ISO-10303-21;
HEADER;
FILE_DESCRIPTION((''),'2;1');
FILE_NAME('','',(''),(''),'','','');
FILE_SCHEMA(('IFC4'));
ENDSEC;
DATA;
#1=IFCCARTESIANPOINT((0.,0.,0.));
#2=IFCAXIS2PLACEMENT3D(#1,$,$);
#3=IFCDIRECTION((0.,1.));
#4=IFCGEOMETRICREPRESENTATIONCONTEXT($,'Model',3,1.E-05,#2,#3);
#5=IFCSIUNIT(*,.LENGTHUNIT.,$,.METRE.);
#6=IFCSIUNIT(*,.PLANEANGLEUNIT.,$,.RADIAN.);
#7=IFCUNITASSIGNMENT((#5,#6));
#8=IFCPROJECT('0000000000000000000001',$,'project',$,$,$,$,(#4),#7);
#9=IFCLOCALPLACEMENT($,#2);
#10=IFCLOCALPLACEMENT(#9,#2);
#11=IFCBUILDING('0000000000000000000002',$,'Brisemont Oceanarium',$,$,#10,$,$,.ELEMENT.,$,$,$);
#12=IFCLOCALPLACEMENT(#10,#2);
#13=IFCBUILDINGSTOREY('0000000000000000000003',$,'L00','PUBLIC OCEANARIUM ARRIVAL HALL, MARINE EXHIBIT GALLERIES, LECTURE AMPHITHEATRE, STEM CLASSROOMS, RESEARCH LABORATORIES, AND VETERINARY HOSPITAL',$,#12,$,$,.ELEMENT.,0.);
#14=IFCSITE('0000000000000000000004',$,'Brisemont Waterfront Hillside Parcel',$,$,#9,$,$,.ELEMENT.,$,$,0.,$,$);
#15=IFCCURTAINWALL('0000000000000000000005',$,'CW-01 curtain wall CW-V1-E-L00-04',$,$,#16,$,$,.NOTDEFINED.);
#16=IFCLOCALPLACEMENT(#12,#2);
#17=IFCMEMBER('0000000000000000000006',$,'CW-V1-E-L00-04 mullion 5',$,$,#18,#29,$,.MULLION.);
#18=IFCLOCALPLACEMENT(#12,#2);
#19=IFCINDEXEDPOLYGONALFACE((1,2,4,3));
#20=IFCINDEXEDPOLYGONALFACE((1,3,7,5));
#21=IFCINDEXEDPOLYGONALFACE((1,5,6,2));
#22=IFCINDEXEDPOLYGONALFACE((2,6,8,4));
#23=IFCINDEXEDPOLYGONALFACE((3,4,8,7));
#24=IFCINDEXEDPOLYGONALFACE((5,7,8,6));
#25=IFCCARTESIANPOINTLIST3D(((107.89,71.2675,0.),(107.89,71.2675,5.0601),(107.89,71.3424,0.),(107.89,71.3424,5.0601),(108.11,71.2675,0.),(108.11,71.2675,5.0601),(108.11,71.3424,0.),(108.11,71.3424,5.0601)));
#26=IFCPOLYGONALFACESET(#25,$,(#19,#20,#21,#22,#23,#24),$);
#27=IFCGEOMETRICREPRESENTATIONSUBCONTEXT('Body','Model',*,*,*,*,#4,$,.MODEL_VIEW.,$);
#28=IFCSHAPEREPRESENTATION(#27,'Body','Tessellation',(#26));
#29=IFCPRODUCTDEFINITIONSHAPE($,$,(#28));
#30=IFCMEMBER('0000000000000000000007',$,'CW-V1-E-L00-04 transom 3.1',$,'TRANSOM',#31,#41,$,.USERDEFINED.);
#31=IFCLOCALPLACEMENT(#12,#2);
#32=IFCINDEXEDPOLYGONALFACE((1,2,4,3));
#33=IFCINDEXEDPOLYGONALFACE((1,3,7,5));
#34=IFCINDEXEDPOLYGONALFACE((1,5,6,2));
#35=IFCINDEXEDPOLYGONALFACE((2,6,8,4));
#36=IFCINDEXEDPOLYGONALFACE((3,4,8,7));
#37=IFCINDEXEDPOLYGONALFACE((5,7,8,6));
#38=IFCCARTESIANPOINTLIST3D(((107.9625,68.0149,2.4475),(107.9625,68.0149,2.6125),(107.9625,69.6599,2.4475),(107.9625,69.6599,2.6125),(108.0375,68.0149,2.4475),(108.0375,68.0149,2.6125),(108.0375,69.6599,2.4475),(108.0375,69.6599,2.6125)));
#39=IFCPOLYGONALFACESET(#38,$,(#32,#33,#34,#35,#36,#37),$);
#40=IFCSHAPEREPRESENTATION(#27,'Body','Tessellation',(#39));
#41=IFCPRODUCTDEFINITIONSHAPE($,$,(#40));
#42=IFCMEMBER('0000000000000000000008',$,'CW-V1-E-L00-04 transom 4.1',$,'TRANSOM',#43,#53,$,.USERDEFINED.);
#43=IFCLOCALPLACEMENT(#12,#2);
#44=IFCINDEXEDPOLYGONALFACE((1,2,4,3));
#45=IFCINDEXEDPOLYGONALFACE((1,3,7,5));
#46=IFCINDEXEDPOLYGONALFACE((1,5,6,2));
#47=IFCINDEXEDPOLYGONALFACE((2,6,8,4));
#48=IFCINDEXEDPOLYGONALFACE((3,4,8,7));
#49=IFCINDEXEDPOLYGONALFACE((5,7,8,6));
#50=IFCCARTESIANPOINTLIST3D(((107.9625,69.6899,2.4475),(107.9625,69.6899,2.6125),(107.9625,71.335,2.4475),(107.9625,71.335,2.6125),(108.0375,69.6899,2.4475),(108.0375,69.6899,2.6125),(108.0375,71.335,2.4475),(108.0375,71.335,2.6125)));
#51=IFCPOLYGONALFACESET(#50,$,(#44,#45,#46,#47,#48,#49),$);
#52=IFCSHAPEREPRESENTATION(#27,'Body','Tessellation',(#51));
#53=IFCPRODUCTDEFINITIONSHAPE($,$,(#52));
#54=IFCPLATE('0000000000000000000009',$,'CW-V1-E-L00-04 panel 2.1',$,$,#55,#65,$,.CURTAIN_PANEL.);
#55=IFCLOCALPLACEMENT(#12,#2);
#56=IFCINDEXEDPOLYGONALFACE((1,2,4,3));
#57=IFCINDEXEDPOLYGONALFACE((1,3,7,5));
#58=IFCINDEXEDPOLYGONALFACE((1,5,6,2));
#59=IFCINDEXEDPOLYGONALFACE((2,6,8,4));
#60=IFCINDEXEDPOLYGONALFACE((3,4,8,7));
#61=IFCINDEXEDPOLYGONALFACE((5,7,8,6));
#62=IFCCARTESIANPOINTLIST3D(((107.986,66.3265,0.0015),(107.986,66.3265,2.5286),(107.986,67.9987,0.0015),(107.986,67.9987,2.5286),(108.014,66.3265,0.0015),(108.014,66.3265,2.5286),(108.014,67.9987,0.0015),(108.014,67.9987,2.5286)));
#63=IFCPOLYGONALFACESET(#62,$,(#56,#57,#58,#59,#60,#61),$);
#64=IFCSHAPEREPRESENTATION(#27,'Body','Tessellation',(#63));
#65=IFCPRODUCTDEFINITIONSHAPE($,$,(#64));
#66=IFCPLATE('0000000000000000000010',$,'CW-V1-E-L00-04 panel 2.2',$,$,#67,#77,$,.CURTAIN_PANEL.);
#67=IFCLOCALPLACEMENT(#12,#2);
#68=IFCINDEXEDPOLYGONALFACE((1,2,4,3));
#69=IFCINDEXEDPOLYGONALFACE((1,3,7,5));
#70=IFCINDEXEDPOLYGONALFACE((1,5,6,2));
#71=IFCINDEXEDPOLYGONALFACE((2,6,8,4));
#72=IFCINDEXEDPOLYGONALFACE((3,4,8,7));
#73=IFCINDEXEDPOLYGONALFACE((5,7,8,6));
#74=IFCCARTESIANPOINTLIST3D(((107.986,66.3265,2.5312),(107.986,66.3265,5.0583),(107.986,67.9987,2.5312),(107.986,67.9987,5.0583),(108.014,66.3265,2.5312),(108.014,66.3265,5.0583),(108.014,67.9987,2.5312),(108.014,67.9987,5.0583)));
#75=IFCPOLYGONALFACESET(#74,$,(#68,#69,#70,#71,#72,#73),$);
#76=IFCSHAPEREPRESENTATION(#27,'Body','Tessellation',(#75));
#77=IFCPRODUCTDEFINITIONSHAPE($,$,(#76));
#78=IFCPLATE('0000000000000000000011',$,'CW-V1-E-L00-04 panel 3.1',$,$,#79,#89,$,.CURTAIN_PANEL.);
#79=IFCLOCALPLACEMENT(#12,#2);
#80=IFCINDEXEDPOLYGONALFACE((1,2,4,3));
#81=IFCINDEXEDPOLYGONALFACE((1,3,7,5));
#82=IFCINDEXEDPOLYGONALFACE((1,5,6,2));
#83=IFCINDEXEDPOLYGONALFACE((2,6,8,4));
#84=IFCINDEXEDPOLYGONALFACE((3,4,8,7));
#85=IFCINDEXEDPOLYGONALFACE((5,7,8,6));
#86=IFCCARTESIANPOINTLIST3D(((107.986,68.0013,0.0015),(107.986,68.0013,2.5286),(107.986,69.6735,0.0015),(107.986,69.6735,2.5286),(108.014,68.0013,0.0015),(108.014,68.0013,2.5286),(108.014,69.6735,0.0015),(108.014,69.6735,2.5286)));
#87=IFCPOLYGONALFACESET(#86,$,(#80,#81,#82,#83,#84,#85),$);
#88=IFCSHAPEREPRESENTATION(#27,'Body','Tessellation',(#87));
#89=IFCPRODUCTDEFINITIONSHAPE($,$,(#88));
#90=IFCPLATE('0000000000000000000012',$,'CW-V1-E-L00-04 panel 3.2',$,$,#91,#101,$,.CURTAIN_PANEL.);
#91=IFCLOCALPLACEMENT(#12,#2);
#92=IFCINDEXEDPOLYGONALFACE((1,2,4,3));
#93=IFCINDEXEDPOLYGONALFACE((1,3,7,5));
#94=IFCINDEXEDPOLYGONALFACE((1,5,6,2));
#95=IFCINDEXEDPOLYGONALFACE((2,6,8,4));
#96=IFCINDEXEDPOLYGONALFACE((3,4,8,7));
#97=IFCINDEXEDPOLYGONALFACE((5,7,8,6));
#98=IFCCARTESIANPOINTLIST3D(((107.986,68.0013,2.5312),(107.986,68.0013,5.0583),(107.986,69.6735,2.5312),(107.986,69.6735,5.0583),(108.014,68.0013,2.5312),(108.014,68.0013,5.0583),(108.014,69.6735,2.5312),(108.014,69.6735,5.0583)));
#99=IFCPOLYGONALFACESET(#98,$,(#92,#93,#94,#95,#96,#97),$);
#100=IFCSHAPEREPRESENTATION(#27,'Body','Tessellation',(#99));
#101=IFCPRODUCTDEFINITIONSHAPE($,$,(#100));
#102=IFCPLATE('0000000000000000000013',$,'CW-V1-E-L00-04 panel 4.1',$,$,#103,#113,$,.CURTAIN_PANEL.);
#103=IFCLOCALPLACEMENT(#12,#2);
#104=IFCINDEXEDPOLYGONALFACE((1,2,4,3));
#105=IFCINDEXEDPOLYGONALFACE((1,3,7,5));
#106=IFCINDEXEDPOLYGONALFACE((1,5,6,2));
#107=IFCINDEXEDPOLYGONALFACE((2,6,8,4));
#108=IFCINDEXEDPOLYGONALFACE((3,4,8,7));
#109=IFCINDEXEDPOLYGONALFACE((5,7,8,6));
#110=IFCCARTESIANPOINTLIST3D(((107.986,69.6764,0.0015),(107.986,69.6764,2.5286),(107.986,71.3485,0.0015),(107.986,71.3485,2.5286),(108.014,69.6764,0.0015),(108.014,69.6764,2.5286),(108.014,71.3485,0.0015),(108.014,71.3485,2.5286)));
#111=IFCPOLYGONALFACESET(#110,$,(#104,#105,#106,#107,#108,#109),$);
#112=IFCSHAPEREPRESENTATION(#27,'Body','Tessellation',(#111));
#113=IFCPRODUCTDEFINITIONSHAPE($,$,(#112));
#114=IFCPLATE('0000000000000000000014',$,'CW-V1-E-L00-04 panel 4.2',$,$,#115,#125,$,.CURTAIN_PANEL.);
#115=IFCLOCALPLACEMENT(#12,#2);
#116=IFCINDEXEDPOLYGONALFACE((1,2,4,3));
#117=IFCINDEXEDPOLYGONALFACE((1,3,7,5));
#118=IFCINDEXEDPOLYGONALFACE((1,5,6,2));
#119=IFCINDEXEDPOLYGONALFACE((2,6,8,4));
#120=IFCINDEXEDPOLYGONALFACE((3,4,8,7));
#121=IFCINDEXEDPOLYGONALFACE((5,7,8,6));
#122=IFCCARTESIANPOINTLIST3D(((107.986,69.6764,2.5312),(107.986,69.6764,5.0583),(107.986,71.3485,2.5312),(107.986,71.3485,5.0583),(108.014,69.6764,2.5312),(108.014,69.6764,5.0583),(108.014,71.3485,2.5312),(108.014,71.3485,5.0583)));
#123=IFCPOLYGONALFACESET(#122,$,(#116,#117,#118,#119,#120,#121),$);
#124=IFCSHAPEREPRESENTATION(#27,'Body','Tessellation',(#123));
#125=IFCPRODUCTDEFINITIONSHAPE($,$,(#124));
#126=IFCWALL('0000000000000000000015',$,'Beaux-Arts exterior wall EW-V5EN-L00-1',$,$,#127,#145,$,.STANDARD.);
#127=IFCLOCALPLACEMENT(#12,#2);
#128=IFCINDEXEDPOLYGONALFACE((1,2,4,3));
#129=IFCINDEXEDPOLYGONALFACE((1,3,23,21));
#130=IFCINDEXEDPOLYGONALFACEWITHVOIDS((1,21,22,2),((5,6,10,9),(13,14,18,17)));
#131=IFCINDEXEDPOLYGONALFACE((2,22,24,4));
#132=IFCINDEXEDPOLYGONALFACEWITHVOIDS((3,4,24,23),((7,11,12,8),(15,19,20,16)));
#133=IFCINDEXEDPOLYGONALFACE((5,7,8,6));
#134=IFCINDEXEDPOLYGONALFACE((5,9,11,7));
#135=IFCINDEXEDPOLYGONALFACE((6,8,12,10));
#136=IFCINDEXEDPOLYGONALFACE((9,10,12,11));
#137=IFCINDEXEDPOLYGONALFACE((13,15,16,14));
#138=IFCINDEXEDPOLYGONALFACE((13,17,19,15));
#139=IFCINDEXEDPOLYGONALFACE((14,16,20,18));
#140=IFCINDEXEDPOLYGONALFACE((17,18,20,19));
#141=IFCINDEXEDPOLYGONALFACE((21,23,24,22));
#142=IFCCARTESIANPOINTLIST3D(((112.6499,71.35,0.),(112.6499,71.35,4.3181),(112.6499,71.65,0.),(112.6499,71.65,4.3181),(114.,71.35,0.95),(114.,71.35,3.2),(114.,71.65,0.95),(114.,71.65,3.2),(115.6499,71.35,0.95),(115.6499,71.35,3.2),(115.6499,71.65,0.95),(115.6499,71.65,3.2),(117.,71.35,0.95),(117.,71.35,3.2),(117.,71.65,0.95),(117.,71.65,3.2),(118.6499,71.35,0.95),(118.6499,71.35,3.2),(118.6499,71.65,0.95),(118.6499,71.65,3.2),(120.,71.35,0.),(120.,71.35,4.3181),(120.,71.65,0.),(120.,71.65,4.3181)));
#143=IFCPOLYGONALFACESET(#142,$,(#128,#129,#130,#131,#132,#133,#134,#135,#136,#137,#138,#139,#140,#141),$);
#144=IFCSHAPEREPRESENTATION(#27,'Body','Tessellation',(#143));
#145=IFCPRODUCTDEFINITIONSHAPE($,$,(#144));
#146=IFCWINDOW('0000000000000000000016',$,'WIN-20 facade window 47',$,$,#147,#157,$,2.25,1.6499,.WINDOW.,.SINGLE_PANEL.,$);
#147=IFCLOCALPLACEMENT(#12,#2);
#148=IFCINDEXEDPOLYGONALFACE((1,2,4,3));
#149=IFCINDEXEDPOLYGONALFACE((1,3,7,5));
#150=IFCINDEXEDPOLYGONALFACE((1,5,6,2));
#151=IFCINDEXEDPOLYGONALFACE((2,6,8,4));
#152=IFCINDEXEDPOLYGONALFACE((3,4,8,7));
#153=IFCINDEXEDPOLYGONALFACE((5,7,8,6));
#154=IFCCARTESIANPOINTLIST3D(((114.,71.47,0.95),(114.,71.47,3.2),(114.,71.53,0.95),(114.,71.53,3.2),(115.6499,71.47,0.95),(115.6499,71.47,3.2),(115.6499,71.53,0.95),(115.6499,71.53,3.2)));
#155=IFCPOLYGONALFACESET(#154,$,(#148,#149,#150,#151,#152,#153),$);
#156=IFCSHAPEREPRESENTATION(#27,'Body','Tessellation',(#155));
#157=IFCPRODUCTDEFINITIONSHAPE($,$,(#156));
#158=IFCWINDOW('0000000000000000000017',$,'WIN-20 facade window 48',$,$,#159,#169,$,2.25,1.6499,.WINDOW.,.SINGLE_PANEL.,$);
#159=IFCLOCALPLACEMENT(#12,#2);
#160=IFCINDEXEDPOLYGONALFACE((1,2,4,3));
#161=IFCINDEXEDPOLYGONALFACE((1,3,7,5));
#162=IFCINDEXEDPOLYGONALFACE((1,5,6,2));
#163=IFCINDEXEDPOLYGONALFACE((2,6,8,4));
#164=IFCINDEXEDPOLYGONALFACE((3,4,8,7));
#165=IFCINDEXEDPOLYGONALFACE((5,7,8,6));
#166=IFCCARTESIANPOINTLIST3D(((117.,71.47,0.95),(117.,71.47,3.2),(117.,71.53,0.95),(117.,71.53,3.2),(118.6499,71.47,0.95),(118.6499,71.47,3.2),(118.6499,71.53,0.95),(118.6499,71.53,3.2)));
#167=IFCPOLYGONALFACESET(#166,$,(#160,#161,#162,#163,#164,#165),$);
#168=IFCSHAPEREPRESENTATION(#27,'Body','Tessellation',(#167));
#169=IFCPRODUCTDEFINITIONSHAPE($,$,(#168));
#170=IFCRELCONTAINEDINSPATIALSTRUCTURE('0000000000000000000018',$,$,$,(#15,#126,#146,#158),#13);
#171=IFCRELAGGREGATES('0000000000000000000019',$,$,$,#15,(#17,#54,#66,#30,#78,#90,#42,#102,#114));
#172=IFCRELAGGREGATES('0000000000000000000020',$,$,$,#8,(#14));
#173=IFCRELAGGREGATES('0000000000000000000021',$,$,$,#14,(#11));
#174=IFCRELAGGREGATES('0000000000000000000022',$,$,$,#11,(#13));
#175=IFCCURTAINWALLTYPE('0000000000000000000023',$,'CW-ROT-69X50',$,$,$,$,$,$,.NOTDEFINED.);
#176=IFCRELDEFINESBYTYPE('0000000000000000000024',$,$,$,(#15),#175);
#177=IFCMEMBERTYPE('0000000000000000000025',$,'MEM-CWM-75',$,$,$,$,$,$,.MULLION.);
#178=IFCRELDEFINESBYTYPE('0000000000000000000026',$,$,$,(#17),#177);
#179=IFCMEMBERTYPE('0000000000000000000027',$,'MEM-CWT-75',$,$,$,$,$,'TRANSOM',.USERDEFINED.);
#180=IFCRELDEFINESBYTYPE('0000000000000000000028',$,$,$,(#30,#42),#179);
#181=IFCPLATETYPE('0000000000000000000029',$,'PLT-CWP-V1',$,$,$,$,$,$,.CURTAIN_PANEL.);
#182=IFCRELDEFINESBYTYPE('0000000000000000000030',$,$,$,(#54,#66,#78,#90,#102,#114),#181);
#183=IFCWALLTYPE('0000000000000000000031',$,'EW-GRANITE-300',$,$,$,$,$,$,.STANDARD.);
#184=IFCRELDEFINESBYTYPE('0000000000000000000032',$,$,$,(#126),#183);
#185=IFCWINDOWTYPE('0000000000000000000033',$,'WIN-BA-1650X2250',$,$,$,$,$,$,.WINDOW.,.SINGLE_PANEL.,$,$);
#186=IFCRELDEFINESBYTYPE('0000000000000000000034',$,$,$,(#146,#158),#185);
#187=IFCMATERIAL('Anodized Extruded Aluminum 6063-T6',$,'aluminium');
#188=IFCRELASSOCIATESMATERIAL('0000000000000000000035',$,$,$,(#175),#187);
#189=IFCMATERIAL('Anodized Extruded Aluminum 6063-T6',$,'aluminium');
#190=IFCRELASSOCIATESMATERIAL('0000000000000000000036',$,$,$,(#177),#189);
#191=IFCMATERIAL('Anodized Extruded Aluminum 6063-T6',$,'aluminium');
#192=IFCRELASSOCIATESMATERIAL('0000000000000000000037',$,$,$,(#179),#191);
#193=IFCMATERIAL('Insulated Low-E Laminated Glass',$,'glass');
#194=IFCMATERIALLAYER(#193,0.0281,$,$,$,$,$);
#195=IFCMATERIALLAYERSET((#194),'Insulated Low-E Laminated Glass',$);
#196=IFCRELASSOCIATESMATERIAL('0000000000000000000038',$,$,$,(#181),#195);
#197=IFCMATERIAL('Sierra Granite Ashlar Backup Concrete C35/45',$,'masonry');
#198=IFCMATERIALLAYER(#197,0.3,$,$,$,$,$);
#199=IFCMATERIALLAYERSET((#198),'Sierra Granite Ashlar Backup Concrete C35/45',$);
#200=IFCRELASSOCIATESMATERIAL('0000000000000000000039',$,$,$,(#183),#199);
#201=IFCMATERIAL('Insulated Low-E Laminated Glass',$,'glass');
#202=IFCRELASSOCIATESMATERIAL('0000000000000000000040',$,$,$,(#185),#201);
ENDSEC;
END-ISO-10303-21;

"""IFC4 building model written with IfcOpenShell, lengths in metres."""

from ifc_helpers import new_model, si_unit, direction, frame, frame_2d, origin, origin_2d, place, context, subcontext, project, spatial, rectangle, extrude, material, layer, layer_set, material_profile, profile_set, type_object, element, fill, aggregate, save


model = new_model("IFC4")

# Units and contexts
model_context = context("Model", 3, precision=1e-05, world=origin(), true_north=direction((0.0, 1.0)))
body_context = subcontext(model_context, "Body", "Model", "MODEL_VIEW")
ifc_project = project(units=[si_unit("LENGTHUNIT", "METRE"), si_unit("PLANEANGLEUNIT", "RADIAN")], contexts=[model_context])

# Site, building, storey
site_placement = place(None, origin())
site = spatial("IfcSite", under=ifc_project, at=site_placement, Name="Brisemont Waterfront Hillside Parcel", CompositionType="ELEMENT", RefElevation=0.0)
building_placement = place(site_placement, origin())
building = spatial("IfcBuilding", under=site, at=building_placement, Name="Brisemont Oceanarium", CompositionType="ELEMENT")
storey_placement = place(building_placement, origin())
storey = spatial("IfcBuildingStorey", under=building, at=storey_placement, Name="L00", Description="PUBLIC OCEANARIUM ARRIVAL HALL, MARINE EXHIBIT GALLERIES, LECTURE AMPHITHEATRE, STEM CLASSROOMS, RESEARCH LABORATORIES, AND VETERINARY HOSPITAL", CompositionType="ELEMENT", Elevation=0.0)

# Curtain wall, members, plates
ifc_material_1 = material(Name="Anodized Extruded Aluminum 6063-T6", Category="aluminium")
curtain_wall_type = type_object("IfcCurtainWallType", Name="CW-ROT-69X50", PredefinedType="NOTDEFINED", material=ifc_material_1)
curtain_wall_placement = place(storey_placement, origin())
curtain_wall = element("IfcCurtainWall", 1, at=curtain_wall_placement, inside=storey, type_object=curtain_wall_type, Name="CW-01 curtain wall CW-V1-E-L00-04", PredefinedType="NOTDEFINED")
ifc_material_2 = material(Name="Anodized Extruded Aluminum 6063-T6", Category="aluminium")
ifc_material_profile_1 = material_profile(ifc_material_2, rectangle(XDim=0.075, YDim=0.22, at=origin_2d()), Name="CWM-75X220")
ifc_profile_set_1 = profile_set([ifc_material_profile_1], Name="Anodized Extruded Aluminum 6063-T6")
member_type_1 = type_object("IfcMemberType", Name="MEM-CWM-75", PredefinedType="MULLION", material=ifc_profile_set_1)
member_1_placement = place(storey_placement, frame((108.0, 71.3049, 0.0), z_axis=(0.0, 0.0, 1.0), x_axis=(0.0, 1.0, 0.0)))
member_1 = element("IfcMember", 2, at=member_1_placement, type_object=member_type_1, Name="CW-V1-E-L00-04 mullion 5", PredefinedType="MULLION", context=body_context, shape_type="SweptSolid", body=[
    extrude(rectangle(XDim=0.075, YDim=0.22, at=origin_2d()), origin(), (0.0, 0.0, 1.0), 5.0601),
])
ifc_material_3 = material(Name="Anodized Extruded Aluminum 6063-T6", Category="aluminium")
ifc_material_profile_2 = material_profile(ifc_material_3, rectangle(XDim=0.075, YDim=0.165, at=origin_2d()), Name="CWT-75X165")
ifc_profile_set_2 = profile_set([ifc_material_profile_2], Name="Anodized Extruded Aluminum 6063-T6")
member_type_2 = type_object("IfcMemberType", Name="MEM-CWT-75", ElementType="TRANSOM", PredefinedType="USERDEFINED", material=ifc_profile_set_2)
member_2_placement = place(storey_placement, frame((108.0, 68.0149, 2.53), z_axis=(0.0, 1.0, 0.0), x_axis=(-1.0, 0.0, 0.0)))
member_2 = element("IfcMember", 3, at=member_2_placement, type_object=member_type_2, Name="CW-V1-E-L00-04 transom 3.1", ObjectType="TRANSOM", PredefinedType="USERDEFINED", context=body_context, shape_type="SweptSolid", body=[
    extrude(rectangle(XDim=0.075, YDim=0.165, at=origin_2d()), origin(), (0.0, 0.0, 1.0), 1.645),
])
member_3_placement = place(storey_placement, frame((108.0, 69.6899, 2.53), z_axis=(0.0, 1.0, 0.0), x_axis=(-1.0, 0.0, 0.0)))
member_3 = element("IfcMember", 4, at=member_3_placement, type_object=member_type_2, Name="CW-V1-E-L00-04 transom 4.1", ObjectType="TRANSOM", PredefinedType="USERDEFINED", context=body_context, shape_type="SweptSolid", body=[
    extrude(rectangle(XDim=0.075, YDim=0.165, at=origin_2d()), origin(), (0.0, 0.0, 1.0), 1.645),
])
ifc_material_4 = material(Name="Insulated Low-E Laminated Glass", Category="glass")
ifc_layer_1 = layer(ifc_material_4, 0.0281)
ifc_layer_set_1 = layer_set([ifc_layer_1], Name="Insulated Low-E Laminated Glass")
plate_type = type_object("IfcPlateType", Name="PLT-CWP-V1", PredefinedType="CURTAIN_PANEL", material=ifc_layer_set_1)
plate_1_placement = place(storey_placement, frame((108.0, 67.1626, 0.0015), z_axis=(0.0, 0.0, 1.0), x_axis=(0.0, 1.0, 0.0)))
plate_1 = element("IfcPlate", 5, at=plate_1_placement, type_object=plate_type, Name="CW-V1-E-L00-04 panel 2.1", PredefinedType="CURTAIN_PANEL", context=body_context, shape_type="SweptSolid", body=[
    extrude(rectangle(XDim=1.6721, YDim=0.0281, at=origin_2d()), origin(), (0.0, 0.0, 1.0), 2.5271),
])
plate_2_placement = place(storey_placement, frame((108.0, 67.1626, 2.5312), z_axis=(0.0, 0.0, 1.0), x_axis=(0.0, 1.0, 0.0)))
plate_2 = element("IfcPlate", 6, at=plate_2_placement, type_object=plate_type, Name="CW-V1-E-L00-04 panel 2.2", PredefinedType="CURTAIN_PANEL", context=body_context, shape_type="SweptSolid", body=[
    extrude(rectangle(XDim=1.6721, YDim=0.0281, at=origin_2d()), origin(), (0.0, 0.0, 1.0), 2.5271),
])
plate_3_placement = place(storey_placement, frame((108.0, 68.8374, 0.0015), z_axis=(0.0, 0.0, 1.0), x_axis=(0.0, 1.0, 0.0)))
plate_3 = element("IfcPlate", 7, at=plate_3_placement, type_object=plate_type, Name="CW-V1-E-L00-04 panel 3.1", PredefinedType="CURTAIN_PANEL", context=body_context, shape_type="SweptSolid", body=[
    extrude(rectangle(XDim=1.6721, YDim=0.0281, at=origin_2d()), origin(), (0.0, 0.0, 1.0), 2.5271),
])
plate_4_placement = place(storey_placement, frame((108.0, 68.8374, 2.5312), z_axis=(0.0, 0.0, 1.0), x_axis=(0.0, 1.0, 0.0)))
plate_4 = element("IfcPlate", 8, at=plate_4_placement, type_object=plate_type, Name="CW-V1-E-L00-04 panel 3.2", PredefinedType="CURTAIN_PANEL", context=body_context, shape_type="SweptSolid", body=[
    extrude(rectangle(XDim=1.6721, YDim=0.0281, at=origin_2d()), origin(), (0.0, 0.0, 1.0), 2.5271),
])
plate_5_placement = place(storey_placement, frame((108.0, 70.5125, 0.0015), z_axis=(0.0, 0.0, 1.0), x_axis=(0.0, 1.0, 0.0)))
plate_5 = element("IfcPlate", 9, at=plate_5_placement, type_object=plate_type, Name="CW-V1-E-L00-04 panel 4.1", PredefinedType="CURTAIN_PANEL", context=body_context, shape_type="SweptSolid", body=[
    extrude(rectangle(XDim=1.6721, YDim=0.0281, at=origin_2d()), origin(), (0.0, 0.0, 1.0), 2.5271),
])
plate_6_placement = place(storey_placement, frame((108.0, 70.5125, 2.5312), z_axis=(0.0, 0.0, 1.0), x_axis=(0.0, 1.0, 0.0)))
plate_6 = element("IfcPlate", 10, at=plate_6_placement, type_object=plate_type, Name="CW-V1-E-L00-04 panel 4.2", PredefinedType="CURTAIN_PANEL", context=body_context, shape_type="SweptSolid", body=[
    extrude(rectangle(XDim=1.6721, YDim=0.0281, at=origin_2d()), origin(), (0.0, 0.0, 1.0), 2.5271),
])
aggregate(curtain_wall, [member_1, plate_1, plate_2, member_2, plate_3, plate_4, member_3, plate_5, plate_6])

# Wall, openings, windows
ifc_material_5 = material(Name="Sierra Granite Ashlar Backup Concrete C35/45", Category="masonry")
ifc_layer_2 = layer(ifc_material_5, 0.3)
ifc_layer_set_2 = layer_set([ifc_layer_2], Name="Sierra Granite Ashlar Backup Concrete C35/45")
wall_type_1 = type_object("IfcWallType", Name="EW-GRANITE-300", PredefinedType="STANDARD", material=ifc_layer_set_2)
wall_1_placement = place(storey_placement, frame((112.6499, 71.5, 0.0), z_axis=(0.0, 0.0, 1.0), x_axis=(1.0, 0.0, 0.0)))
wall_1 = element("IfcWall", 11, at=wall_1_placement, inside=storey, type_object=wall_type_1, Name="Beaux-Arts exterior wall EW-V5EN-L00-1", PredefinedType="STANDARD", context=body_context, shape_type="SweptSolid", body=[
    extrude(rectangle(XDim=7.3501, YDim=0.3, at=frame_2d((3.675, 0.0))), origin(), (0.0, 0.0, 1.0), 4.3181),
])
opening_1_placement = place(wall_1_placement, frame((1.3501, 0.0, 0.95)))
opening_1 = element("IfcOpeningElement", 12, at=opening_1_placement, cuts=wall_1, PredefinedType="OPENING", context=body_context, shape_type="SweptSolid", body=[
    extrude(rectangle(XDim=1.6499, YDim=2.25, at=frame_2d((0.825, 1.125))), frame((0.0, 0.1599, 0.0), z_axis=(0.0, -1.0, 0.0), x_axis=(1.0, 0.0, 0.0)), (0.0, 0.0, 1.0), 0.3201),
])
opening_2_placement = place(wall_1_placement, frame((4.3501, 0.0, 0.95)))
opening_2 = element("IfcOpeningElement", 13, at=opening_2_placement, cuts=wall_1, PredefinedType="OPENING", context=body_context, shape_type="SweptSolid", body=[
    extrude(rectangle(XDim=1.6499, YDim=2.25, at=frame_2d((0.825, 1.125))), frame((0.0, 0.1599, 0.0), z_axis=(0.0, -1.0, 0.0), x_axis=(1.0, 0.0, 0.0)), (0.0, 0.0, 1.0), 0.3201),
])
ifc_material_6 = material(Name="Insulated Low-E Laminated Glass", Category="glass")
window_type_1 = type_object("IfcWindowType", Name="WIN-BA-1650X2250", PartitioningType="SINGLE_PANEL", PredefinedType="WINDOW", material=ifc_material_6)
window_1_placement = place(opening_1_placement, origin())
window_1 = element("IfcWindow", 14, at=window_1_placement, inside=storey, type_object=window_type_1, Name="WIN-20 facade window 47", OverallHeight=2.25, OverallWidth=1.6499, PartitioningType="SINGLE_PANEL", PredefinedType="WINDOW", context=body_context, shape_type="SweptSolid", body=[
    extrude(rectangle(XDim=1.6499, YDim=2.25, at=frame_2d((0.825, 1.125))), frame((0.0, 0.03, 0.0), z_axis=(0.0, -1.0, 0.0), x_axis=(1.0, 0.0, 0.0)), (0.0, 0.0, 1.0), 0.0601),
])
fill(opening_1, window_1)
window_2_placement = place(opening_2_placement, origin())
window_2 = element("IfcWindow", 15, at=window_2_placement, inside=storey, type_object=window_type_1, Name="WIN-20 facade window 48", OverallHeight=2.25, OverallWidth=1.6499, PartitioningType="SINGLE_PANEL", PredefinedType="WINDOW", context=body_context, shape_type="SweptSolid", body=[
    extrude(rectangle(XDim=1.6499, YDim=2.25, at=frame_2d((0.825, 1.125))), frame((0.0, 0.03, 0.0), z_axis=(0.0, -1.0, 0.0), x_axis=(1.0, 0.0, 0.0)), (0.0, 0.0, 1.0), 0.0601),
])
fill(opening_2, window_2)

save(model, "model.ifc")
